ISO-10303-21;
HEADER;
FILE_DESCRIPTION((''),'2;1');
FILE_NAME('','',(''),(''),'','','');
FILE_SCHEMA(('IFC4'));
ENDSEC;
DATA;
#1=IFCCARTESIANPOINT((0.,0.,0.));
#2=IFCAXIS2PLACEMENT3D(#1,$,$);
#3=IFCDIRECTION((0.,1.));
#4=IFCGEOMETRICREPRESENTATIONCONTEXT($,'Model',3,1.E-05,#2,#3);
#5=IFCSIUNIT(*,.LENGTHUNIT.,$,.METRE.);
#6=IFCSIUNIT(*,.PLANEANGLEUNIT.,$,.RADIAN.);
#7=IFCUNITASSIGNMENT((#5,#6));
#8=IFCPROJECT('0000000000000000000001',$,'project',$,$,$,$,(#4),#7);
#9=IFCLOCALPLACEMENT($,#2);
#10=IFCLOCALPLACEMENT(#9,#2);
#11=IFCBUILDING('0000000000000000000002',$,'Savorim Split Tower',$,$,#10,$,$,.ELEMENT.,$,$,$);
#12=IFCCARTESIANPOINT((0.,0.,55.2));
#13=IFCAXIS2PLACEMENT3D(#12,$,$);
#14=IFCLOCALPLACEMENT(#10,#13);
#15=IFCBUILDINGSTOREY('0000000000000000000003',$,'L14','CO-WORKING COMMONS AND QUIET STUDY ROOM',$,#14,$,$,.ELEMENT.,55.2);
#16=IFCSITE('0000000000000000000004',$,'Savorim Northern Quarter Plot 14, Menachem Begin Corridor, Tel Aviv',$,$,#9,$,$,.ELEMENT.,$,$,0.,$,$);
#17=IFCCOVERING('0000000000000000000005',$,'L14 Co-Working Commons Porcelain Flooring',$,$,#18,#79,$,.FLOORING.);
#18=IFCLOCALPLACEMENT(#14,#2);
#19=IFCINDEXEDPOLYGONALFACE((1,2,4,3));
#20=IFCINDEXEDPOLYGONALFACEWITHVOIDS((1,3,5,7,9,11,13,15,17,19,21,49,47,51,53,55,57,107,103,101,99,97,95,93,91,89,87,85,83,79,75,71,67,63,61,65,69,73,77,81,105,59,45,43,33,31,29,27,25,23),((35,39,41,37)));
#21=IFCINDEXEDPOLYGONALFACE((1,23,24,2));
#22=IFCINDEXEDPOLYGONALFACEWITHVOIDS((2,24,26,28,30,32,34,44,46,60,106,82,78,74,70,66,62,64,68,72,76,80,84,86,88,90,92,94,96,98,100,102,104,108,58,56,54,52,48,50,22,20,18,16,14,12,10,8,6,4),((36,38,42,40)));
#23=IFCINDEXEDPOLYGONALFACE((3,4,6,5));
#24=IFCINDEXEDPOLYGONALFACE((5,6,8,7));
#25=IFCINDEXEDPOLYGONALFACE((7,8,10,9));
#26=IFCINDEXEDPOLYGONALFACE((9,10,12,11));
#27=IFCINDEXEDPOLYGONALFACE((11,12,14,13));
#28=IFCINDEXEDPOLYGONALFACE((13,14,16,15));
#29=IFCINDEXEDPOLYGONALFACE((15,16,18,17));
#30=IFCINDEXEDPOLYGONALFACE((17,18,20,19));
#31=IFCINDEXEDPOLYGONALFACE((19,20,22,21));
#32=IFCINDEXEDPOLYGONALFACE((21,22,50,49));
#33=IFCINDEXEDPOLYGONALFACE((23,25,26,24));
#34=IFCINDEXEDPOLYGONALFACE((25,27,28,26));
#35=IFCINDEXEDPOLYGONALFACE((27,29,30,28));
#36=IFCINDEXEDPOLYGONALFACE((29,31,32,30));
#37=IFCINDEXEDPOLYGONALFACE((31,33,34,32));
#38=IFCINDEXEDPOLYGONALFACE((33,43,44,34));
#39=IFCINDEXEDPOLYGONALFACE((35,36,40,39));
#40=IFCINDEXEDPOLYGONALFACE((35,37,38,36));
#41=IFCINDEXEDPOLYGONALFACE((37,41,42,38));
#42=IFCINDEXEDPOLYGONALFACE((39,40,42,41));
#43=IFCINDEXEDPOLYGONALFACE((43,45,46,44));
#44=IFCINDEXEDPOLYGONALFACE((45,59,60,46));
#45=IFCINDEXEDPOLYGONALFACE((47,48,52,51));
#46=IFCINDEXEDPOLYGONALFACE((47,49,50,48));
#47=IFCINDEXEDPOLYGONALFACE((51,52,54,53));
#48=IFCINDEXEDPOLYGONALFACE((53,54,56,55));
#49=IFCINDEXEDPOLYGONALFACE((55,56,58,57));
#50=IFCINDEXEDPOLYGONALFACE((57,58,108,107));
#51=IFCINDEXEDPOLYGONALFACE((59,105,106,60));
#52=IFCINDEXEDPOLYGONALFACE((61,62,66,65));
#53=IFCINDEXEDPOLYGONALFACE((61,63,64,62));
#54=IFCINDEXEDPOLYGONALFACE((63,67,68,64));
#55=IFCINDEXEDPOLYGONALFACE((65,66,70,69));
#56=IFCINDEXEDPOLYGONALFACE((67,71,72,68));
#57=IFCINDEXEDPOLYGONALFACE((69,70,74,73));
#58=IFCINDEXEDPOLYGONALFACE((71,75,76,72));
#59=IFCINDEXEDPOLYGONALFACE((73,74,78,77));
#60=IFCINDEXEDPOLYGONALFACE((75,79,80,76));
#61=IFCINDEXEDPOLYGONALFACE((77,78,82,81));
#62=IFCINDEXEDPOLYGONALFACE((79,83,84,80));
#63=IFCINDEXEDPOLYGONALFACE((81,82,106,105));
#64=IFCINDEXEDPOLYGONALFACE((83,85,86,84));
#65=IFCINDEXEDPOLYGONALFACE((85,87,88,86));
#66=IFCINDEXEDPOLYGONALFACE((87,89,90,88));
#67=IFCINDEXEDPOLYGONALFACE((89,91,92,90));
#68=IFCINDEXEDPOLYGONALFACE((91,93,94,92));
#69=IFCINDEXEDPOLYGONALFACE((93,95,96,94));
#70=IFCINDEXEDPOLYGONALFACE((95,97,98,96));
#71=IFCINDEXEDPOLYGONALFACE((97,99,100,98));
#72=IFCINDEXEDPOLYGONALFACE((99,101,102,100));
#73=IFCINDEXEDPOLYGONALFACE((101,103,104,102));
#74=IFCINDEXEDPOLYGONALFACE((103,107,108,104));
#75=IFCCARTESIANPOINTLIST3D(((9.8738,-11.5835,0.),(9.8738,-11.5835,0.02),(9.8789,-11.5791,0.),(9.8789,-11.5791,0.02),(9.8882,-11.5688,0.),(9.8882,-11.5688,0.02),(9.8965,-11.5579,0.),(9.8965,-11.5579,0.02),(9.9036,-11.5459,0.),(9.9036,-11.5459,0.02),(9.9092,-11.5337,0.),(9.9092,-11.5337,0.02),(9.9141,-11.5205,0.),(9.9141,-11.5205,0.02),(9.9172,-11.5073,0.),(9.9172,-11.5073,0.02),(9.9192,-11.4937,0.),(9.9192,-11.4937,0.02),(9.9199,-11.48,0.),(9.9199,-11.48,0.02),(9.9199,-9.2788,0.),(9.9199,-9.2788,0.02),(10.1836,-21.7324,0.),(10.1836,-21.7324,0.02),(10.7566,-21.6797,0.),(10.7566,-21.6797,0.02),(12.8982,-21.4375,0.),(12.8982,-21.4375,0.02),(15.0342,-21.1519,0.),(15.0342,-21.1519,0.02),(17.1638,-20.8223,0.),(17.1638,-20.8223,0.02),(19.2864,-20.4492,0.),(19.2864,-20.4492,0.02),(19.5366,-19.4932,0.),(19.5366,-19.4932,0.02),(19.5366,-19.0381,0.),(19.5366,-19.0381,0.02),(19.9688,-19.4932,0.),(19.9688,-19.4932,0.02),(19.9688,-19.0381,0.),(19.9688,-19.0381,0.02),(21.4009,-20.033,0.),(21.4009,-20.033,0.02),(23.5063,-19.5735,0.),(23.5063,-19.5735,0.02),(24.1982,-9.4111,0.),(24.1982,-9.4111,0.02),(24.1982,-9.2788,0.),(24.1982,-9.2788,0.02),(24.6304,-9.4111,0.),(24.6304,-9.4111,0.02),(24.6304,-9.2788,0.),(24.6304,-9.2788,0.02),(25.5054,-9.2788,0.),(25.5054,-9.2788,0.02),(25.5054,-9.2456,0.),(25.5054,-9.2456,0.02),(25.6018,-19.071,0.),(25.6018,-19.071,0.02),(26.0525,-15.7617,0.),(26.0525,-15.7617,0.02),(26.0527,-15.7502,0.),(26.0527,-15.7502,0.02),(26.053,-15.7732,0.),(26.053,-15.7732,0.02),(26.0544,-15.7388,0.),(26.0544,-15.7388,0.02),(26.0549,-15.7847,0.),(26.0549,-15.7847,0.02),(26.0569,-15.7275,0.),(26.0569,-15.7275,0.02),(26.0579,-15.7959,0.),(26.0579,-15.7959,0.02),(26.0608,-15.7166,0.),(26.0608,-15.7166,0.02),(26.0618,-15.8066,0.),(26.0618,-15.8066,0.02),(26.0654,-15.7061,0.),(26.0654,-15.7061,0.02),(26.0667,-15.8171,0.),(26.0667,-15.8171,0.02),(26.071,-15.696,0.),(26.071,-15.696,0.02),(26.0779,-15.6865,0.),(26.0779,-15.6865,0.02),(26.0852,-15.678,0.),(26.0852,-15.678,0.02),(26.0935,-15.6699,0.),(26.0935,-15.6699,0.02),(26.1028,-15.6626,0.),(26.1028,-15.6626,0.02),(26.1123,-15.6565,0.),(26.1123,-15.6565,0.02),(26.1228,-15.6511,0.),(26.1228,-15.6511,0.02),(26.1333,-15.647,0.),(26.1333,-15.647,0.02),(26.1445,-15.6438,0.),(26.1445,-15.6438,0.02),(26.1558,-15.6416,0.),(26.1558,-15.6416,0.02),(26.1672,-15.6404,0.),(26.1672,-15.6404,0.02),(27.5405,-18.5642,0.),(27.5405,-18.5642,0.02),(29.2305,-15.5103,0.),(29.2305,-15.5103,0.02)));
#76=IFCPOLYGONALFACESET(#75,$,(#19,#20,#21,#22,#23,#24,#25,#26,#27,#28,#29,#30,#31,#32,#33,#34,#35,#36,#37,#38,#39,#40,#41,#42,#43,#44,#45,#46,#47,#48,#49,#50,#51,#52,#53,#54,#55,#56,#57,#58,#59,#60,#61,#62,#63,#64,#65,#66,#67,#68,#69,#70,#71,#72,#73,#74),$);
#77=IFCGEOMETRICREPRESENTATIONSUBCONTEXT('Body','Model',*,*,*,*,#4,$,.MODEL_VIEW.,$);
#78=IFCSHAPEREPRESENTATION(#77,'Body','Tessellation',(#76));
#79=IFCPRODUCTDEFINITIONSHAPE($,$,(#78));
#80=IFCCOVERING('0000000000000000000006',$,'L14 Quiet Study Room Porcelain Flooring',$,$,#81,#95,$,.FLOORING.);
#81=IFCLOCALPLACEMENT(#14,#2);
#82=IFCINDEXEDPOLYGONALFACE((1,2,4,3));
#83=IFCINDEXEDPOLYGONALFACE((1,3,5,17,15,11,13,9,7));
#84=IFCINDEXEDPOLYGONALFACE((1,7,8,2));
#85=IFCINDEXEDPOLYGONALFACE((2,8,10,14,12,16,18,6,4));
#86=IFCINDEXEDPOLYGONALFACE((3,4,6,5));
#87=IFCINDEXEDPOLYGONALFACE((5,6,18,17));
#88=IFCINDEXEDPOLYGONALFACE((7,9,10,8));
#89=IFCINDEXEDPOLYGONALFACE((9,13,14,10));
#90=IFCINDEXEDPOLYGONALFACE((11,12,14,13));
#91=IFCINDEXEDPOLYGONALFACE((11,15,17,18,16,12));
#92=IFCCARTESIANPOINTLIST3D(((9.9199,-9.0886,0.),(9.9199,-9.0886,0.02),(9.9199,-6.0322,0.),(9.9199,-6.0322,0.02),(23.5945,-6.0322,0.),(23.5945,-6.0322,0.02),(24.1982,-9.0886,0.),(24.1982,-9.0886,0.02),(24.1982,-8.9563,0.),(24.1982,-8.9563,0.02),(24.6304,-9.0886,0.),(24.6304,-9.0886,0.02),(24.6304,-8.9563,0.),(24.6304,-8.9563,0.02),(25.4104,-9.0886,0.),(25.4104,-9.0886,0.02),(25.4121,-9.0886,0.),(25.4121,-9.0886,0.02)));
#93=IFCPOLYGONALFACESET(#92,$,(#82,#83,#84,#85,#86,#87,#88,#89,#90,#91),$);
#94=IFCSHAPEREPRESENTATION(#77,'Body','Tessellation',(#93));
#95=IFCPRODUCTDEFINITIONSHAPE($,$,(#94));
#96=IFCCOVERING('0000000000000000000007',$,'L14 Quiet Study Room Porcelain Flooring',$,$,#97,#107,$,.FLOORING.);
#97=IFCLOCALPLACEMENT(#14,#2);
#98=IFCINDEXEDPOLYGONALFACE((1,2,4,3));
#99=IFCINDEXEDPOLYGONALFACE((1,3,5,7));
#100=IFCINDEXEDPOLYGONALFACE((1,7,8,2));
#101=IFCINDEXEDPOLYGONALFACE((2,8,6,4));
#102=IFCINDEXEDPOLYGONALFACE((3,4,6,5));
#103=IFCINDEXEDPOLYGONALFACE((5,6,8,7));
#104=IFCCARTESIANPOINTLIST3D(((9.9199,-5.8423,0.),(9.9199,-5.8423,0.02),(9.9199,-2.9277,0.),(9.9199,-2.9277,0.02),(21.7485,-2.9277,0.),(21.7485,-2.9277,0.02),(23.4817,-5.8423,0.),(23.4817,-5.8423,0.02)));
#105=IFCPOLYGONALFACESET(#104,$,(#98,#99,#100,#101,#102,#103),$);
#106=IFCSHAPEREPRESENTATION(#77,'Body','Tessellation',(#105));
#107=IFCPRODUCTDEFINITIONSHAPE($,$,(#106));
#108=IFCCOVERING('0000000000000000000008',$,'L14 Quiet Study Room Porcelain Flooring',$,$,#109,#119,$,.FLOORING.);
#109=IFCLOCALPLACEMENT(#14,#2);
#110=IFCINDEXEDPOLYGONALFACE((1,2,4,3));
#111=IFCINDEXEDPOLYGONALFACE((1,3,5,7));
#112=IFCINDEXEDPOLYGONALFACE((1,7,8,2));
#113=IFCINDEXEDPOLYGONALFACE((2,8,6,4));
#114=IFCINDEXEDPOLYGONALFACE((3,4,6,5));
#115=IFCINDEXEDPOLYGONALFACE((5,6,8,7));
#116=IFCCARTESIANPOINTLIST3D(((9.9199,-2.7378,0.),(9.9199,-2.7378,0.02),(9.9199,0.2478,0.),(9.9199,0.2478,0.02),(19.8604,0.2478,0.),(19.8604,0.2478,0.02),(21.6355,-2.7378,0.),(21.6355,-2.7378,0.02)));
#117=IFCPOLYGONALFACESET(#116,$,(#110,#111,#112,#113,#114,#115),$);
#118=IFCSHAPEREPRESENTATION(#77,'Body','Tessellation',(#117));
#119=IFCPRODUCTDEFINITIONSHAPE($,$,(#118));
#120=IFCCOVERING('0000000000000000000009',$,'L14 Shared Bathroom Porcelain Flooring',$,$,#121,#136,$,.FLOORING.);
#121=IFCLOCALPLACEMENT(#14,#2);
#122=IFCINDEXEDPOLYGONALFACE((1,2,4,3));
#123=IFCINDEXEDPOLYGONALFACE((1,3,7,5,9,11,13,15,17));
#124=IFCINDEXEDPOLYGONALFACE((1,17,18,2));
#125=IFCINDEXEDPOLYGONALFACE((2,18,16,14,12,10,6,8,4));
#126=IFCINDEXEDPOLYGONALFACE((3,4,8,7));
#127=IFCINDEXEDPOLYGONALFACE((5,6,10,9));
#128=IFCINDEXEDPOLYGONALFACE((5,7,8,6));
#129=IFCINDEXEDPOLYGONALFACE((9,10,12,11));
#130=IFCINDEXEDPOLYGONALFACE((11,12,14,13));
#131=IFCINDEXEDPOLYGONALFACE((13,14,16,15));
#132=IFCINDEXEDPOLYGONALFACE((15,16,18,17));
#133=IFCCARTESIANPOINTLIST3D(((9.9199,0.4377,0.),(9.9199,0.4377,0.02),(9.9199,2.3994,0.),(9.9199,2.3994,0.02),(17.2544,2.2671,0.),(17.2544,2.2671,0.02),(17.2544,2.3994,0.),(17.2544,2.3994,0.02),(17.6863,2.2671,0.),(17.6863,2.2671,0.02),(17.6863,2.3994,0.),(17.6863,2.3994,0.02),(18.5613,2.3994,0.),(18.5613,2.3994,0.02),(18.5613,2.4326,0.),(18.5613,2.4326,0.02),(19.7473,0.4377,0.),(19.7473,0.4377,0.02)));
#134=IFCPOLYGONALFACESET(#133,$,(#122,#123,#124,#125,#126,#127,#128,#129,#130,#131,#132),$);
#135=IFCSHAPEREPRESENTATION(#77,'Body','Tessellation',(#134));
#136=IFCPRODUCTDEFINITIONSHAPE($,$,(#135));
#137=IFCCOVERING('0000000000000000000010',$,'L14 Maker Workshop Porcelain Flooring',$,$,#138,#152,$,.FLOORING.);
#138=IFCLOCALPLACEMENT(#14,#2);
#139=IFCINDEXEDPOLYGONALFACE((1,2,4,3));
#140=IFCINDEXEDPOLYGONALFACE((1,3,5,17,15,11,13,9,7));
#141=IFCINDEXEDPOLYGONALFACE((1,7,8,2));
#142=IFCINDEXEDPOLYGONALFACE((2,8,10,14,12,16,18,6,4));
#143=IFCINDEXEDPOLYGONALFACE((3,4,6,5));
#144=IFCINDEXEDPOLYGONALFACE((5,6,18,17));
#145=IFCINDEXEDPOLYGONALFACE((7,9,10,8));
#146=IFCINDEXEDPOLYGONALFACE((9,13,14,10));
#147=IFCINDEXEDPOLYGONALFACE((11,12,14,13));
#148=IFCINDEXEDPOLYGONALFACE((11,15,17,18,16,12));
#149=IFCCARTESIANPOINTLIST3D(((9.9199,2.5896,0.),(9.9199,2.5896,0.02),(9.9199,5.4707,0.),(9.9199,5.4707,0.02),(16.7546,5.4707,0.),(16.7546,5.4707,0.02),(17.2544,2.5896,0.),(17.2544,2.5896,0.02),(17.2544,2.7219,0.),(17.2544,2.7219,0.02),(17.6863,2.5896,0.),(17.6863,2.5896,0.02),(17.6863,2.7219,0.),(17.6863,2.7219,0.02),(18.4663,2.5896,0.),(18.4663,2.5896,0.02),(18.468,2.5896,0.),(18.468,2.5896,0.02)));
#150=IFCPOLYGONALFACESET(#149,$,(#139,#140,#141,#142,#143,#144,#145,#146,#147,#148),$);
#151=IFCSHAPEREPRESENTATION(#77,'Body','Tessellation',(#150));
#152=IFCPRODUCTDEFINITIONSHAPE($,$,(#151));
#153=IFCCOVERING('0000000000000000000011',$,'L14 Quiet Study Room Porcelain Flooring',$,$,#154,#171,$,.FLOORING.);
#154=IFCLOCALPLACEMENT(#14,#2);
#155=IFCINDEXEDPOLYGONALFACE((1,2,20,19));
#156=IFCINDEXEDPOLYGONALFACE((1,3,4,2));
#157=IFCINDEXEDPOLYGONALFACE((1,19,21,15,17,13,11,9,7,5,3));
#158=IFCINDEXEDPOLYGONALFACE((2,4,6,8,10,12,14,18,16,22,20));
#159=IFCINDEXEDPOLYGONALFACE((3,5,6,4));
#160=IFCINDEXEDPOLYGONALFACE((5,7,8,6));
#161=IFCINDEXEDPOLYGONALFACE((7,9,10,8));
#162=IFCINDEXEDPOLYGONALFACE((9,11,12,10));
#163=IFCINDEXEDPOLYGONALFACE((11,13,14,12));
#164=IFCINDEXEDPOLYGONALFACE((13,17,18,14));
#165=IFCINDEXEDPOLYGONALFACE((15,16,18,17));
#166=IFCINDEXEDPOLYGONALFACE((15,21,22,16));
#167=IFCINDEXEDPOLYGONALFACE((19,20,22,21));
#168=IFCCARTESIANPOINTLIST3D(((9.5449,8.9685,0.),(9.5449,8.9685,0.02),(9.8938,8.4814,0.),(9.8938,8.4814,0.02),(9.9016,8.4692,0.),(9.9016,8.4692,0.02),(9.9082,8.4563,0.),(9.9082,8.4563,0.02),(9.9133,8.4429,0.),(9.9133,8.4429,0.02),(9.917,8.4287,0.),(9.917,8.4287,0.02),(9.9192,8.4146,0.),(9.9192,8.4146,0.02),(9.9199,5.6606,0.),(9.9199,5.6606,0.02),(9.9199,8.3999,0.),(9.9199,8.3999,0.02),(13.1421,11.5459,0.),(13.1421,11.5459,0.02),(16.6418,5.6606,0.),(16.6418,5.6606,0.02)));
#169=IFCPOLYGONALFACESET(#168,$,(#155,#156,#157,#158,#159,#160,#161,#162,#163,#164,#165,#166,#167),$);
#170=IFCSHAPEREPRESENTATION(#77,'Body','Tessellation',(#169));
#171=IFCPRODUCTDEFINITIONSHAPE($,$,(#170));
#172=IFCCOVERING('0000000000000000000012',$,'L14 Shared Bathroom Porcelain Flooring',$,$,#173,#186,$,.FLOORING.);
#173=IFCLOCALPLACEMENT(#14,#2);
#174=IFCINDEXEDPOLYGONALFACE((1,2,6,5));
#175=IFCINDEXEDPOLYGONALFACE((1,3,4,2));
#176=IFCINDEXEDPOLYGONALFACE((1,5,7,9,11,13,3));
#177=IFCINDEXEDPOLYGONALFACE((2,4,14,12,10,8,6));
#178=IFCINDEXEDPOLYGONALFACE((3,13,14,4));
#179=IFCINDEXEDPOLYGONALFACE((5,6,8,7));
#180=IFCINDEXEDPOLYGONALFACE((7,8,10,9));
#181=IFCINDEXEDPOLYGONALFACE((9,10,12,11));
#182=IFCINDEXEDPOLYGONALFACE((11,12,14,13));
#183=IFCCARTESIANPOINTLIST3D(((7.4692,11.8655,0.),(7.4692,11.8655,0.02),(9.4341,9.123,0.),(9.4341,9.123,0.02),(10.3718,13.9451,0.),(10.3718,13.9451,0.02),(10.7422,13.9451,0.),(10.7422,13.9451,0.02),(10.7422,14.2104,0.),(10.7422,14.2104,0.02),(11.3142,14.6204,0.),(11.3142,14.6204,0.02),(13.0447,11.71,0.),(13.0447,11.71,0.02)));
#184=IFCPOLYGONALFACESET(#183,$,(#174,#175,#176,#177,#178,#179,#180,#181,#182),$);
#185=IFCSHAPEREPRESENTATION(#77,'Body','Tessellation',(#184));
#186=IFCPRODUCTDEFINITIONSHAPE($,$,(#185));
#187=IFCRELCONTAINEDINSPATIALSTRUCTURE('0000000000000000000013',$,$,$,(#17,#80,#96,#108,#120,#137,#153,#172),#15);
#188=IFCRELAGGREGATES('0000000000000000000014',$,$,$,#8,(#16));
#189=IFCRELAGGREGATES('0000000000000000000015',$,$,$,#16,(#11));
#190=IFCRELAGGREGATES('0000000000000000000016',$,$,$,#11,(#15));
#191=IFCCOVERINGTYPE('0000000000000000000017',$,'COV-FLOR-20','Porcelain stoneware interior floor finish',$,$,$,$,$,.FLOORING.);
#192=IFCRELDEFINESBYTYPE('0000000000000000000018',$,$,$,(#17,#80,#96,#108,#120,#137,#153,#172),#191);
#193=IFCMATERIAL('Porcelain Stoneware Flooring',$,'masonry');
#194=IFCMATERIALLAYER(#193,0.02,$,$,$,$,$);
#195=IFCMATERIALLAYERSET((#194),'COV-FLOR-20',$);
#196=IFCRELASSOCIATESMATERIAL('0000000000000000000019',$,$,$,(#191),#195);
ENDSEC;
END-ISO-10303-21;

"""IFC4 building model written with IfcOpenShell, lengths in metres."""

from ifc_helpers import new_model, si_unit, direction, frame, origin, place, context, subcontext, project, spatial, polyline, outline, extrude, material, layer, layer_set, type_object, element, save


model = new_model("IFC4")

# Units and contexts
model_context = context("Model", 3, precision=1e-05, world=origin(), true_north=direction((0.0, 1.0)))
body_context = subcontext(model_context, "Body", "Model", "MODEL_VIEW")
ifc_project = project(units=[si_unit("LENGTHUNIT", "METRE"), si_unit("PLANEANGLEUNIT", "RADIAN")], contexts=[model_context])

# Site, building, storey
site_placement = place(None, origin())
site = spatial("IfcSite", under=ifc_project, at=site_placement, Name="Savorim Northern Quarter Plot 14, Menachem Begin Corridor, Tel Aviv", CompositionType="ELEMENT", RefElevation=0.0)
building_placement = place(site_placement, origin())
building = spatial("IfcBuilding", under=site, at=building_placement, Name="Savorim Split Tower", CompositionType="ELEMENT")
storey_placement = place(building_placement, frame((0.0, 0.0, 55.2)))
storey = spatial("IfcBuildingStorey", under=building, at=storey_placement, Name="L14", Description="CO-WORKING COMMONS AND QUIET STUDY ROOM", CompositionType="ELEMENT", Elevation=55.2)

# Coverings
ifc_material_1 = material(Name="Porcelain Stoneware Flooring", Category="masonry")
ifc_layer_1 = layer(ifc_material_1, 0.02)
ifc_layer_set_1 = layer_set([ifc_layer_1], Name="COV-FLOR-20")
covering_type_1 = type_object("IfcCoveringType", Name="COV-FLOR-20", Description="Porcelain stoneware interior floor finish", PredefinedType="FLOORING", material=ifc_layer_set_1)
covering_1_placement = place(storey_placement, origin())
element("IfcCovering", 1, at=covering_1_placement, inside=storey, type_object=covering_type_1, Name="L14 Co-Working Commons Porcelain Flooring", PredefinedType="FLOORING", context=body_context, shape_type="SweptSolid", body=[
    extrude(outline(polyline([(26.1445, -15.6438), (26.1558, -15.6416), (26.1672, -15.6404), (29.2305, -15.5103), (25.5054, -9.2456), (25.5054, -9.2788), (24.6304, -9.2788), (24.6304, -9.4111), (24.1982, -9.4111), (24.1982, -9.2788), (9.9199, -9.2788), (9.9199, -11.48), (9.9192, -11.4937), (9.9172, -11.5073), (9.9141, -11.5205), (9.9092, -11.5337), (9.9036, -11.5459), (9.8965, -11.5579), (9.8882, -11.5688), (9.8789, -11.5791), (9.8738, -11.5835), (10.1836, -21.7324), (10.7566, -21.6797), (12.8982, -21.4375), (15.0342, -21.1519), (17.1638, -20.8223), (19.2864, -20.4492), (21.4009, -20.033), (23.5063, -19.5735), (25.6018, -19.071), (27.5405, -18.5642), (26.0667, -15.8171), (26.0618, -15.8066), (26.0579, -15.7959), (26.0549, -15.7847), (26.053, -15.7732), (26.0525, -15.7617), (26.0527, -15.7502), (26.0544, -15.7388), (26.0569, -15.7275), (26.0608, -15.7166), (26.0654, -15.7061), (26.071, -15.696), (26.0779, -15.6865), (26.0852, -15.678), (26.0935, -15.6699), (26.1028, -15.6626), (26.1123, -15.6565), (26.1228, -15.6511), (26.1333, -15.647), (26.1445, -15.6438)]), holes=[polyline([(19.9688, -19.4932), (19.9688, -19.0381), (19.5366, -19.0381), (19.5366, -19.4932), (19.9688, -19.4932)])]), origin(), (0.0, 0.0, 1.0), 0.02),
])
covering_2_placement = place(storey_placement, origin())
element("IfcCovering", 2, at=covering_2_placement, inside=storey, type_object=covering_type_1, Name="L14 Quiet Study Room Porcelain Flooring", PredefinedType="FLOORING", context=body_context, shape_type="SweptSolid", body=[
    extrude(outline(polyline([(24.6304, -8.9563), (24.6304, -9.0886), (25.4104, -9.0886), (25.4121, -9.0886), (23.5945, -6.0322), (9.9199, -6.0322), (9.9199, -9.0886), (24.1982, -9.0886), (24.1982, -8.9563), (24.6304, -8.9563)])), origin(), (0.0, 0.0, 1.0), 0.02),
])
covering_3_placement = place(storey_placement, origin())
element("IfcCovering", 3, at=covering_3_placement, inside=storey, type_object=covering_type_1, Name="L14 Quiet Study Room Porcelain Flooring", PredefinedType="FLOORING", context=body_context, shape_type="SweptSolid", body=[
    extrude(outline(polyline([(23.4817, -5.8423), (21.7485, -2.9277), (9.9199, -2.9277), (9.9199, -5.8423), (23.4817, -5.8423)])), origin(), (0.0, 0.0, 1.0), 0.02),
])
covering_4_placement = place(storey_placement, origin())
element("IfcCovering", 4, at=covering_4_placement, inside=storey, type_object=covering_type_1, Name="L14 Quiet Study Room Porcelain Flooring", PredefinedType="FLOORING", context=body_context, shape_type="SweptSolid", body=[
    extrude(outline(polyline([(21.6355, -2.7378), (19.8604, 0.2478), (9.9199, 0.2478), (9.9199, -2.7378), (21.6355, -2.7378)])), origin(), (0.0, 0.0, 1.0), 0.02),
])
covering_5_placement = place(storey_placement, origin())
element("IfcCovering", 5, at=covering_5_placement, inside=storey, type_object=covering_type_1, Name="L14 Shared Bathroom Porcelain Flooring", PredefinedType="FLOORING", context=body_context, shape_type="SweptSolid", body=[
    extrude(outline(polyline([(17.2544, 2.2671), (17.2544, 2.3994), (9.9199, 2.3994), (9.9199, 0.4377), (19.7473, 0.4377), (18.5613, 2.4326), (18.5613, 2.3994), (17.6863, 2.3994), (17.6863, 2.2671), (17.2544, 2.2671)])), origin(), (0.0, 0.0, 1.0), 0.02),
])
covering_6_placement = place(storey_placement, origin())
element("IfcCovering", 6, at=covering_6_placement, inside=storey, type_object=covering_type_1, Name="L14 Maker Workshop Porcelain Flooring", PredefinedType="FLOORING", context=body_context, shape_type="SweptSolid", body=[
    extrude(outline(polyline([(17.6863, 2.7219), (17.6863, 2.5896), (18.4663, 2.5896), (18.468, 2.5896), (16.7546, 5.4707), (9.9199, 5.4707), (9.9199, 2.5896), (17.2544, 2.5896), (17.2544, 2.7219), (17.6863, 2.7219)])), origin(), (0.0, 0.0, 1.0), 0.02),
])
covering_7_placement = place(storey_placement, origin())
element("IfcCovering", 7, at=covering_7_placement, inside=storey, type_object=covering_type_1, Name="L14 Quiet Study Room Porcelain Flooring", PredefinedType="FLOORING", context=body_context, shape_type="SweptSolid", body=[
    extrude(outline(polyline([(9.917, 8.4287), (9.9192, 8.4146), (9.9199, 8.3999), (9.9199, 5.6606), (16.6418, 5.6606), (13.1421, 11.5459), (9.5449, 8.9685), (9.8938, 8.4814), (9.9016, 8.4692), (9.9082, 8.4563), (9.9133, 8.4429), (9.917, 8.4287)])), origin(), (0.0, 0.0, 1.0), 0.02),
])
covering_8_placement = place(storey_placement, origin())
element("IfcCovering", 8, at=covering_8_placement, inside=storey, type_object=covering_type_1, Name="L14 Shared Bathroom Porcelain Flooring", PredefinedType="FLOORING", context=body_context, shape_type="SweptSolid", body=[
    extrude(outline(polyline([(10.7422, 13.9451), (10.3718, 13.9451), (7.4692, 11.8655), (9.4341, 9.123), (13.0447, 11.71), (11.3142, 14.6204), (10.7422, 14.2104), (10.7422, 13.9451)])), origin(), (0.0, 0.0, 1.0), 0.02),
])

save(model, "model.ifc")
